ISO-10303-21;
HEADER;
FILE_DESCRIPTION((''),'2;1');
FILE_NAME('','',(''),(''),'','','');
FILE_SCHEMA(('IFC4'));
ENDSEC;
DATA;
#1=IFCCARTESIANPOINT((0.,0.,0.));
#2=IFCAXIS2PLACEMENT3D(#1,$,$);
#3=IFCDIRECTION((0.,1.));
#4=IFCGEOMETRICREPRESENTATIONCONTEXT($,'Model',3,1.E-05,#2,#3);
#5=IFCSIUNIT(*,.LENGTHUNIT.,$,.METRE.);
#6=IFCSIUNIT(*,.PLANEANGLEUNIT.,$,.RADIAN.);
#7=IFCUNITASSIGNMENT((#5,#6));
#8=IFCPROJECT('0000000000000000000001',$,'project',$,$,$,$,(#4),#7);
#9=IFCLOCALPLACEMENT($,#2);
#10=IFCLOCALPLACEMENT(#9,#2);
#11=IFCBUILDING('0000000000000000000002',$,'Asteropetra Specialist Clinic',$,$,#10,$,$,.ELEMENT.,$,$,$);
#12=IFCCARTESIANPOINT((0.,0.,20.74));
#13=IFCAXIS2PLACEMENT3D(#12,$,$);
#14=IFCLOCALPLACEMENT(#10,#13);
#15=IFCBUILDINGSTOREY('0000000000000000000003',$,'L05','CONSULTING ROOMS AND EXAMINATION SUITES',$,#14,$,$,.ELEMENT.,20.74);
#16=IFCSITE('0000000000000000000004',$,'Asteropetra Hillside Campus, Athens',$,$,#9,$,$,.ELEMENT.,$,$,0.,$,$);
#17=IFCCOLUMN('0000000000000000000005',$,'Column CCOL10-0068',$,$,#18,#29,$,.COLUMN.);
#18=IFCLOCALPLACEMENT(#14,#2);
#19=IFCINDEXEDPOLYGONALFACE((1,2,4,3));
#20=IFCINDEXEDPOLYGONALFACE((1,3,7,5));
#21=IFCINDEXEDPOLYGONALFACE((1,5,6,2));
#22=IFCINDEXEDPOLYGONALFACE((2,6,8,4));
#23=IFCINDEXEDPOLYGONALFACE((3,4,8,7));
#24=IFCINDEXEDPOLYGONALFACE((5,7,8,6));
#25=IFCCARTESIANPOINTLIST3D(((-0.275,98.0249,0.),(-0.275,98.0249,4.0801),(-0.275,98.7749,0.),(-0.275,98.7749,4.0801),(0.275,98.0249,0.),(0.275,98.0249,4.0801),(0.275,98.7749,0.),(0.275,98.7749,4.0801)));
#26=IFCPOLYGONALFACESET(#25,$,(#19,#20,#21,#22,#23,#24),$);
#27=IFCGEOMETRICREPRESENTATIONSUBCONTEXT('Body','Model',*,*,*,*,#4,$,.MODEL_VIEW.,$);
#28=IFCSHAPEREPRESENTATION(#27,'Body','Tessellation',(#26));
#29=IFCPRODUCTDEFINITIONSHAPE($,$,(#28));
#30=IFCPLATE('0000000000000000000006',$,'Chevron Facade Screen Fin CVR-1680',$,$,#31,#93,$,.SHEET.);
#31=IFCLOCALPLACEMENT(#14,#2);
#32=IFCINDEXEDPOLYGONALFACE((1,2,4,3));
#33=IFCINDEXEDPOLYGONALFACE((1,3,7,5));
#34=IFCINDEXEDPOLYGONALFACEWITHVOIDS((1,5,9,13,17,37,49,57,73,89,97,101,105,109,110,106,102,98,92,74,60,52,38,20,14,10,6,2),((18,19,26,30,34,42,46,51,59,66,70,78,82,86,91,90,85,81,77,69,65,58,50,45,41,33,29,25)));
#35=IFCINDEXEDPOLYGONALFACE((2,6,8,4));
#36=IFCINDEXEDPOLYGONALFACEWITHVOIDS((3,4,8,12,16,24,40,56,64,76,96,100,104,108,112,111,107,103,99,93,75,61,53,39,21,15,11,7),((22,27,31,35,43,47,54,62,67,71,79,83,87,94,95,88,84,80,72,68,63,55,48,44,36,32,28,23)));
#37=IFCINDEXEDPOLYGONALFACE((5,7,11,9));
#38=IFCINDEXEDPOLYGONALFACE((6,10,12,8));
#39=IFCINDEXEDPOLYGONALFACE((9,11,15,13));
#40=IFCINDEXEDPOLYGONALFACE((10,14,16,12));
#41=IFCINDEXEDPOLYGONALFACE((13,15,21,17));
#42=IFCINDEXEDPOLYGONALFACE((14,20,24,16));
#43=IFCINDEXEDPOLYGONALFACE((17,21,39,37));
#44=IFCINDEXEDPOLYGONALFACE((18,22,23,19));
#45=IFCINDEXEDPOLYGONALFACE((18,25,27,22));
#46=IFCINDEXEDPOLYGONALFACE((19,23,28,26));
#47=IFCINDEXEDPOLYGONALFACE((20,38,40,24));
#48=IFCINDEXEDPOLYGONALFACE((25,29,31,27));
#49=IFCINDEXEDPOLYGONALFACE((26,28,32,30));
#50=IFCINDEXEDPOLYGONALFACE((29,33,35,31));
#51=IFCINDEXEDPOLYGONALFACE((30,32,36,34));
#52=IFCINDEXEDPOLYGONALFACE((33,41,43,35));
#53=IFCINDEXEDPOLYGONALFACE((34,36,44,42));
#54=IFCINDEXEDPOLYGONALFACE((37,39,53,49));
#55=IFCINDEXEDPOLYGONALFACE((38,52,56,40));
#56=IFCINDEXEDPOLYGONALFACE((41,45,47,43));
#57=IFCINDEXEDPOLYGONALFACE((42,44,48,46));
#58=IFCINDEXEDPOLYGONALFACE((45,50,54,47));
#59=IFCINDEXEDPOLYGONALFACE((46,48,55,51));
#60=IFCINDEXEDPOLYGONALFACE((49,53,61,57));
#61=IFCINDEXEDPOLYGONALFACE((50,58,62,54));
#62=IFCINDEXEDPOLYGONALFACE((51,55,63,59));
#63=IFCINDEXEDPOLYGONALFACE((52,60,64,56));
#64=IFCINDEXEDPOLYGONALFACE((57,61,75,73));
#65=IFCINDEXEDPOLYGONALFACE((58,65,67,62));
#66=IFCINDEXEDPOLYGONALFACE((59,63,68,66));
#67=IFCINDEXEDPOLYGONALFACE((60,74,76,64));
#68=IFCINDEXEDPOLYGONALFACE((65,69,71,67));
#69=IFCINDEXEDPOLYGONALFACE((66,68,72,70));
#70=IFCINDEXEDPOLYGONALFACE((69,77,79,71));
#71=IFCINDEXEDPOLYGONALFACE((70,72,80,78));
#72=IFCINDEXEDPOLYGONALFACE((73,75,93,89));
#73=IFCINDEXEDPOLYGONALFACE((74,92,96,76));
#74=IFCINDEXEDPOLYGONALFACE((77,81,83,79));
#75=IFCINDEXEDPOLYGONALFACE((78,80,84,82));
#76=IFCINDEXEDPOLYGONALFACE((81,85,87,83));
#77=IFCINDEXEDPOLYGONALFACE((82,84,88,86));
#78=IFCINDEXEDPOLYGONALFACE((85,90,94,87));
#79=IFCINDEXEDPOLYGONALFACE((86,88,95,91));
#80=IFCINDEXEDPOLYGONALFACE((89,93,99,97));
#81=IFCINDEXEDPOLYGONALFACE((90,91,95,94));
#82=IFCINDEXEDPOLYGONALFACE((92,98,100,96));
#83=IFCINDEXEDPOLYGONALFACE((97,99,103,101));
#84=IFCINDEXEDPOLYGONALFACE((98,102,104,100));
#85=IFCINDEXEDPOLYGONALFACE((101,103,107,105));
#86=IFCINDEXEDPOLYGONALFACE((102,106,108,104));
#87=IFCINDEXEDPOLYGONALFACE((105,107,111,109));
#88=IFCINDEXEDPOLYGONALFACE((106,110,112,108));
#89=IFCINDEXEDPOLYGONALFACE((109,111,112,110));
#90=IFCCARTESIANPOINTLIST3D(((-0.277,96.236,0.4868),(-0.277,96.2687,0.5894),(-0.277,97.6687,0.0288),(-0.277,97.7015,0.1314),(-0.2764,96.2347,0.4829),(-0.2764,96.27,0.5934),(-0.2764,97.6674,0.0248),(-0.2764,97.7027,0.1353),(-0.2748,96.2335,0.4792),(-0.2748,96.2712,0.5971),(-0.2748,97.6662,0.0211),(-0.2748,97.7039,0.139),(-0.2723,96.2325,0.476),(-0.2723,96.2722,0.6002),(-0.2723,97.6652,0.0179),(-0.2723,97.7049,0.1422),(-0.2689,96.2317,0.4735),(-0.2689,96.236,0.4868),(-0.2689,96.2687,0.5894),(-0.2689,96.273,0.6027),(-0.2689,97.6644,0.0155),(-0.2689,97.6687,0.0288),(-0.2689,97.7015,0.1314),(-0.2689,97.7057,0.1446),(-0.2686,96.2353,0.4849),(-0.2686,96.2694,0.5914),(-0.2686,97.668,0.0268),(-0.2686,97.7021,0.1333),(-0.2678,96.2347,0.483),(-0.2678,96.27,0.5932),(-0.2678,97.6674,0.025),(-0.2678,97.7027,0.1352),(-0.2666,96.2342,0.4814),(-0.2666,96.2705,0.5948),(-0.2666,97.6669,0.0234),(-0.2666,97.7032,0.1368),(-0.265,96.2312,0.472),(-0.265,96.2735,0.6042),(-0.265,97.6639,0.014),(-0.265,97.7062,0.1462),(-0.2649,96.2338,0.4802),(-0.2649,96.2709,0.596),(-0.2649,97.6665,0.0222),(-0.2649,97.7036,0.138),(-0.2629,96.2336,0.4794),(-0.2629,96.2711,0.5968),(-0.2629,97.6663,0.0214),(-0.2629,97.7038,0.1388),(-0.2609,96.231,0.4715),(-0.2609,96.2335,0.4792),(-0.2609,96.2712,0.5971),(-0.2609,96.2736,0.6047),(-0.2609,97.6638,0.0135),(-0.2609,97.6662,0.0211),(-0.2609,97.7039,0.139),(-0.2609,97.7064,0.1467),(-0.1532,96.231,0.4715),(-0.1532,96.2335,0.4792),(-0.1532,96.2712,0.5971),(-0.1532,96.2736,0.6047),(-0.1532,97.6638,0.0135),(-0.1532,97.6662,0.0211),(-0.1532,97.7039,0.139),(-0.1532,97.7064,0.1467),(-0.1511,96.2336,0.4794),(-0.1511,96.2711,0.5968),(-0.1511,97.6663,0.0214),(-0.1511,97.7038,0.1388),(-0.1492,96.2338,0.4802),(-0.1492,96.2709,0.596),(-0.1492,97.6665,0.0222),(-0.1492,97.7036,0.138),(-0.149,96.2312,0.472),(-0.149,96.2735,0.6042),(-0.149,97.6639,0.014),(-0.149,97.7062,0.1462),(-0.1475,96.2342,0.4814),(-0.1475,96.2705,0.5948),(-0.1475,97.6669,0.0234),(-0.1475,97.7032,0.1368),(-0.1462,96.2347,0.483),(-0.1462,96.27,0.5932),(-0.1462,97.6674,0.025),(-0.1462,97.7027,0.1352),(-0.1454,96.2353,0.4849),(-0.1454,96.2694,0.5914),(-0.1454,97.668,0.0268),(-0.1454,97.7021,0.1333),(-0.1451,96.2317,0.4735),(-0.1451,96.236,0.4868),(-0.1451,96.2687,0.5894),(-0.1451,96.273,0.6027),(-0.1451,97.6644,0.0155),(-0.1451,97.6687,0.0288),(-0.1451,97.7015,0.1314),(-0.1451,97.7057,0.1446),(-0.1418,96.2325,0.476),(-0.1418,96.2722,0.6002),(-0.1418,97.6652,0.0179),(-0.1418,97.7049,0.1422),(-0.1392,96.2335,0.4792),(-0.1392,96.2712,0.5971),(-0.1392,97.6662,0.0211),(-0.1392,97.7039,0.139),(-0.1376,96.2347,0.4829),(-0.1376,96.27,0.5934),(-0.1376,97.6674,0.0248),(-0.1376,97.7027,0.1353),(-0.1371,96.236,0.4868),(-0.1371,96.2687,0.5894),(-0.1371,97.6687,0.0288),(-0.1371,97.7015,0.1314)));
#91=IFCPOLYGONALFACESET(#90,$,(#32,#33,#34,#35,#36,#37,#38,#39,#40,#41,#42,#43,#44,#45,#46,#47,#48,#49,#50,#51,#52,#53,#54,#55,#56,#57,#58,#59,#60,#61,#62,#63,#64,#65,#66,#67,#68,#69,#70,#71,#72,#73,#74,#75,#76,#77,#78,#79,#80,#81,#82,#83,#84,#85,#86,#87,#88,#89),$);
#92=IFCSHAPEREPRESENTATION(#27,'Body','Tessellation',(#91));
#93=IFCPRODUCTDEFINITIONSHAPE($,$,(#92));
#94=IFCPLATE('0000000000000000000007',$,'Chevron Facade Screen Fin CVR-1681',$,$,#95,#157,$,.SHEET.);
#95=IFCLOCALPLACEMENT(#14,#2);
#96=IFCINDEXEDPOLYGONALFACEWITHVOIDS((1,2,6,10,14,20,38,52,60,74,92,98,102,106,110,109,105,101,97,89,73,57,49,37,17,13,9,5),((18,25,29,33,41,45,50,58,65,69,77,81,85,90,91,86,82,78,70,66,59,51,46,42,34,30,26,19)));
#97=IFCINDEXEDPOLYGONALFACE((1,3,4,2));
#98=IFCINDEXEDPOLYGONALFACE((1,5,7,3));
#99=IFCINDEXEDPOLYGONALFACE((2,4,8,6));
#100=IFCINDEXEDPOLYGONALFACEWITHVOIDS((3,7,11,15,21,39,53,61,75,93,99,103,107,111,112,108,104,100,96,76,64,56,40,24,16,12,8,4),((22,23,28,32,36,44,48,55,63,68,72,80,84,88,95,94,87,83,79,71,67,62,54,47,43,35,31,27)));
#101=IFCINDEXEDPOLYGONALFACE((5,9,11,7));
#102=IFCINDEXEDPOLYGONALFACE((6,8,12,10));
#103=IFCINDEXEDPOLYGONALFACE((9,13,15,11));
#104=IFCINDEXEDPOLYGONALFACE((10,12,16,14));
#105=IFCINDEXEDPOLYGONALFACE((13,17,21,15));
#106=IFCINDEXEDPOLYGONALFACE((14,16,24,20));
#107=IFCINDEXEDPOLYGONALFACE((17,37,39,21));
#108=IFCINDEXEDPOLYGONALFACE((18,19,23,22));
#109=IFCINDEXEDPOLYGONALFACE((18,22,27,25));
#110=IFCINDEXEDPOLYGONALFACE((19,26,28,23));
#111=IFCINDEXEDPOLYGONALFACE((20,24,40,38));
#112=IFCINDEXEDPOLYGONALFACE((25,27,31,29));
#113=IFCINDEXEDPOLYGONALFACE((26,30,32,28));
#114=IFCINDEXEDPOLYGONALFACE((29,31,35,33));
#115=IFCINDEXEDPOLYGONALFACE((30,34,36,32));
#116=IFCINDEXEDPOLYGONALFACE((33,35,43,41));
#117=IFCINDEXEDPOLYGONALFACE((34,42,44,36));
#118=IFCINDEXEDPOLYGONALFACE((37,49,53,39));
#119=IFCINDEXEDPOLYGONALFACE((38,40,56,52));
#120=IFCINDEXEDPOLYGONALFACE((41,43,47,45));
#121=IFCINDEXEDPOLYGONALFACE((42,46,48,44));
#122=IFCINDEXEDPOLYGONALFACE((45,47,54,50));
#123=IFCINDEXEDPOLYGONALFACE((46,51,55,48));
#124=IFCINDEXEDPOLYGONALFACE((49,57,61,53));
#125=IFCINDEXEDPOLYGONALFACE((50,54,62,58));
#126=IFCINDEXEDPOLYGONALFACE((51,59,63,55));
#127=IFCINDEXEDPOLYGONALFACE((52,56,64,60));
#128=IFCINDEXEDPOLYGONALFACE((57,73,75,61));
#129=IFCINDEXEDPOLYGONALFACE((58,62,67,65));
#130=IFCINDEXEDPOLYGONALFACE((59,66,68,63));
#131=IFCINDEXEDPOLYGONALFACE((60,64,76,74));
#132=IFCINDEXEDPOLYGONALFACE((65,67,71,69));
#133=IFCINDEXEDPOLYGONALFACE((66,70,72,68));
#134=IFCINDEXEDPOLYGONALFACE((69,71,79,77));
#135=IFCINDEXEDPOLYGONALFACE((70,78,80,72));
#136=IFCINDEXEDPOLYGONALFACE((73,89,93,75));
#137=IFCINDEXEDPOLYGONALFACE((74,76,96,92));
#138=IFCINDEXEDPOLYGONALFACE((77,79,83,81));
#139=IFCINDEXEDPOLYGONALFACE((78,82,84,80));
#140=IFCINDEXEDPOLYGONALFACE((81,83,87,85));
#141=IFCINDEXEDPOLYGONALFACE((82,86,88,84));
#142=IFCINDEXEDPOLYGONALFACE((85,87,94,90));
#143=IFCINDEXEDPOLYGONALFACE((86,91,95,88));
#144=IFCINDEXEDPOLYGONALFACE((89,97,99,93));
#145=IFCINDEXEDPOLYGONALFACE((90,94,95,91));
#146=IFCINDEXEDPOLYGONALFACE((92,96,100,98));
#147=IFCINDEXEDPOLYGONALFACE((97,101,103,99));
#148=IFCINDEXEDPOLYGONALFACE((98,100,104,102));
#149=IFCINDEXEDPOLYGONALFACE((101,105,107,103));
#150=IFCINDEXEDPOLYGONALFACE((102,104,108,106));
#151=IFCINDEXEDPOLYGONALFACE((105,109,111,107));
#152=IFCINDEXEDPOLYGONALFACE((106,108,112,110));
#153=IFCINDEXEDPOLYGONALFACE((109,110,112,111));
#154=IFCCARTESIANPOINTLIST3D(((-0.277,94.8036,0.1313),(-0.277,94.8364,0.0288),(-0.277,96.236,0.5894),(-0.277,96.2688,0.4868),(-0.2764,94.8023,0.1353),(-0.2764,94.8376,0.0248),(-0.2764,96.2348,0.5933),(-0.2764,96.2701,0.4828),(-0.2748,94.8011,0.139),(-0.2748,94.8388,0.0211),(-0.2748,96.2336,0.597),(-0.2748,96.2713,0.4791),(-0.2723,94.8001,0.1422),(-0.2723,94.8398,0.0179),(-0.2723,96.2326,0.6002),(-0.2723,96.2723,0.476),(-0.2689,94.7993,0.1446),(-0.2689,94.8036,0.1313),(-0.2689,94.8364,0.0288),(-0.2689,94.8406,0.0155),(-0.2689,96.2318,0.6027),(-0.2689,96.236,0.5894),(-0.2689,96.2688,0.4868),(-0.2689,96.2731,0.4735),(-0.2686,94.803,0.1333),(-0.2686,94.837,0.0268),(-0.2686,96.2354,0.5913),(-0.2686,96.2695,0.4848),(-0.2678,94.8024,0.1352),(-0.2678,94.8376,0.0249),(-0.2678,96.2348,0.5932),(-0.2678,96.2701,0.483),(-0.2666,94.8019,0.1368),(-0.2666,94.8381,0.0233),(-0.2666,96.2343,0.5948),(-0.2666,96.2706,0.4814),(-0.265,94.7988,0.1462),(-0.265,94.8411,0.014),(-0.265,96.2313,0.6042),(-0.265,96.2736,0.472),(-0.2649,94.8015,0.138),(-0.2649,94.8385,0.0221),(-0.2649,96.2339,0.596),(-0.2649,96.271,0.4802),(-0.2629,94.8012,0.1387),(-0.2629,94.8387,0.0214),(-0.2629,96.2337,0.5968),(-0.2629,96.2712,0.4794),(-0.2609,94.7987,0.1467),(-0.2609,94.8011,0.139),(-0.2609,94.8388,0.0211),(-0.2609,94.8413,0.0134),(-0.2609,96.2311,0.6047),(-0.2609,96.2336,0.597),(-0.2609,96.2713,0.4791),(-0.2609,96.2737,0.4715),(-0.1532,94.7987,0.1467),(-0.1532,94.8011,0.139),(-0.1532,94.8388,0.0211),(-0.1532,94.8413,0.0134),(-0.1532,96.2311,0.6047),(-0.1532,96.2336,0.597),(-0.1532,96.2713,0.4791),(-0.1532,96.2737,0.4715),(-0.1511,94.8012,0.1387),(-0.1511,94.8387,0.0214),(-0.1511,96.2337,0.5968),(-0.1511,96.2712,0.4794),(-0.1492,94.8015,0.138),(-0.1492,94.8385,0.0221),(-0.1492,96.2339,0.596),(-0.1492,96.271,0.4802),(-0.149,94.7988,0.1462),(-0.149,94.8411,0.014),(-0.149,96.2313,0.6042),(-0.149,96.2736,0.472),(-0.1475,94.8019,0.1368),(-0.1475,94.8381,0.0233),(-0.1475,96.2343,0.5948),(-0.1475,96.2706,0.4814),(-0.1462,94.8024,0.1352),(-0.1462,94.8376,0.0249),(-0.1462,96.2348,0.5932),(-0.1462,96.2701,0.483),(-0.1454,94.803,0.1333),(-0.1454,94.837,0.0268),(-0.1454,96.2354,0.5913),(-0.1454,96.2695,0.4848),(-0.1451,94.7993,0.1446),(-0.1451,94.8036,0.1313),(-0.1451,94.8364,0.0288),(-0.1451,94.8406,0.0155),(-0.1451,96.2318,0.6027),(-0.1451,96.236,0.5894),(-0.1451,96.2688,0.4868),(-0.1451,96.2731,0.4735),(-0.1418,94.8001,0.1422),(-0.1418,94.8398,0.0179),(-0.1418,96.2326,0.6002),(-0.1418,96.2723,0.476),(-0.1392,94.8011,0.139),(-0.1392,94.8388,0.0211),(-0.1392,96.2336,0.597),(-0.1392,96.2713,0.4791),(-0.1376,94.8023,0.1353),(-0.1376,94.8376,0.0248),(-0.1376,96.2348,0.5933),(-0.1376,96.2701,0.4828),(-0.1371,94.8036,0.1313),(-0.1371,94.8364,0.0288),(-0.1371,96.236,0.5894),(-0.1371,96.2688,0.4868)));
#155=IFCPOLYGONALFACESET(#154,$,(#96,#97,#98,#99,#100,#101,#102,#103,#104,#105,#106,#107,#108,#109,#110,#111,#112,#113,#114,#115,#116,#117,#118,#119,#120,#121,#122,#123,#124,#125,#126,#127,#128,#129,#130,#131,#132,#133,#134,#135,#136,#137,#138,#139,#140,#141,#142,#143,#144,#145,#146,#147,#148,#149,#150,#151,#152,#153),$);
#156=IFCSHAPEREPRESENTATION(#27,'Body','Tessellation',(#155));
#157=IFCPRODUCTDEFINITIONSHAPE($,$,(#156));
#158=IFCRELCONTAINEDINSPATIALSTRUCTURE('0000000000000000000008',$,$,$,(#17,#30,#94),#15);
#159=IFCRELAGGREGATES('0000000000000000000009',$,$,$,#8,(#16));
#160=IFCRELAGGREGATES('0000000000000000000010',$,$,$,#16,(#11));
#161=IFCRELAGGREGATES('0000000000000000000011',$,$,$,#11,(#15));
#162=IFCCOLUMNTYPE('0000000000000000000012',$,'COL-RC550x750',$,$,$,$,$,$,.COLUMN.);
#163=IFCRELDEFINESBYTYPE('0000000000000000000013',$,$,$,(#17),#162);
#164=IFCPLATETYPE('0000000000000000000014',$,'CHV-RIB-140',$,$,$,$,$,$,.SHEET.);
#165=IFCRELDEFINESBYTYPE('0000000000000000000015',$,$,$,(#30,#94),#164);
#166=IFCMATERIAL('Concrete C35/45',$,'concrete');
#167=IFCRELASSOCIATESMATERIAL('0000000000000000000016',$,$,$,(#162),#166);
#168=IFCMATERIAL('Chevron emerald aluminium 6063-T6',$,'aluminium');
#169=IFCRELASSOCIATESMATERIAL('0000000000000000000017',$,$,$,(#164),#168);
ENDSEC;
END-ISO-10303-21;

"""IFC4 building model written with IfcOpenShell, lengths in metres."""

from ifc_helpers import new_model, si_unit, direction, frame, origin, origin_2d, place, context, subcontext, project, spatial, rectangle, hollow_rectangle, extrude, material, material_profile, profile_set, type_object, element, save


model = new_model("IFC4")

# Units and contexts
model_context = context("Model", 3, precision=1e-05, world=origin(), true_north=direction((0.0, 1.0)))
body_context = subcontext(model_context, "Body", "Model", "MODEL_VIEW")
ifc_project = project(units=[si_unit("LENGTHUNIT", "METRE"), si_unit("PLANEANGLEUNIT", "RADIAN")], contexts=[model_context])

# Site, building, storey
site_placement = place(None, origin())
site = spatial("IfcSite", under=ifc_project, at=site_placement, Name="Asteropetra Hillside Campus, Athens", CompositionType="ELEMENT", RefElevation=0.0)
building_placement = place(site_placement, origin())
building = spatial("IfcBuilding", under=site, at=building_placement, Name="Asteropetra Specialist Clinic", CompositionType="ELEMENT")
storey_placement = place(building_placement, frame((0.0, 0.0, 20.74)))
storey = spatial("IfcBuildingStorey", under=building, at=storey_placement, Name="L05", Description="CONSULTING ROOMS AND EXAMINATION SUITES", CompositionType="ELEMENT", Elevation=20.74)

# Column
ifc_material_1 = material(Name="Concrete C35/45", Category="concrete")
ifc_material_profile_1 = material_profile(ifc_material_1, rectangle(XDim=0.55, YDim=0.75, at=origin_2d()), Name="RC 550x750")
ifc_profile_set_1 = profile_set([ifc_material_profile_1], Name="Concrete C35/45")
column_type = type_object("IfcColumnType", Name="COL-RC550x750", PredefinedType="COLUMN", material=ifc_profile_set_1)
column_placement = place(storey_placement, frame((0.0, 98.3999, 0.0), z_axis=(0.0, 0.0, 1.0), x_axis=(1.0, 0.0, 0.0)))
element("IfcColumn", 1, at=column_placement, inside=storey, type_object=column_type, Name="Column CCOL10-0068", PredefinedType="COLUMN", context=body_context, shape_type="SweptSolid", body=[
    extrude(rectangle(XDim=0.55, YDim=0.75, at=origin_2d()), origin(), (0.0, 0.0, 1.0), 4.0801),
])

# Plates
ifc_material_2 = material(Name="Chevron emerald aluminium 6063-T6", Category="aluminium")
ifc_material_profile_2 = material_profile(ifc_material_2, hollow_rectangle(XDim=0.1399, YDim=0.1399, WallThickness=0.0081, InnerFilletRadius=0.0081, OuterFilletRadius=0.0161, at=origin_2d()), Name="SHS 140x140x8.0")
ifc_profile_set_2 = profile_set([ifc_material_profile_2], Name="Chevron emerald aluminium 6063-T6")
plate_type = type_object("IfcPlateType", Name="CHV-RIB-140", PredefinedType="SHEET", material=ifc_profile_set_2)
plate_1_placement = place(storey_placement, frame((-0.207, 97.6851, 0.0801), z_axis=(0.0, -0.952507, 0.304517), x_axis=(1.0, 0.0, 0.0)))
element("IfcPlate", 2, at=plate_1_placement, inside=storey, type_object=plate_type, Name="Chevron Facade Screen Fin CVR-1680", PredefinedType="SHEET", context=body_context, shape_type="SweptSolid", body=[
    extrude(hollow_rectangle(XDim=0.1399, YDim=0.1399, WallThickness=0.0081, InnerFilletRadius=0.0081, OuterFilletRadius=0.0161, at=origin_2d()), origin(), (0.0, 0.0, 1.0), 1.5042),
])
plate_2_placement = place(storey_placement, frame((-0.207, 96.2524, 0.5381), z_axis=(0.0, -0.952492, -0.304564), x_axis=(1.0, 0.0, 0.0)))
element("IfcPlate", 3, at=plate_2_placement, inside=storey, type_object=plate_type, Name="Chevron Facade Screen Fin CVR-1681", PredefinedType="SHEET", context=body_context, shape_type="SweptSolid", body=[
    extrude(hollow_rectangle(XDim=0.1399, YDim=0.1399, WallThickness=0.0081, InnerFilletRadius=0.0081, OuterFilletRadius=0.0161, at=origin_2d()), origin(), (0.0, 0.0, 1.0), 1.5039),
])

save(model, "model.ifc")
